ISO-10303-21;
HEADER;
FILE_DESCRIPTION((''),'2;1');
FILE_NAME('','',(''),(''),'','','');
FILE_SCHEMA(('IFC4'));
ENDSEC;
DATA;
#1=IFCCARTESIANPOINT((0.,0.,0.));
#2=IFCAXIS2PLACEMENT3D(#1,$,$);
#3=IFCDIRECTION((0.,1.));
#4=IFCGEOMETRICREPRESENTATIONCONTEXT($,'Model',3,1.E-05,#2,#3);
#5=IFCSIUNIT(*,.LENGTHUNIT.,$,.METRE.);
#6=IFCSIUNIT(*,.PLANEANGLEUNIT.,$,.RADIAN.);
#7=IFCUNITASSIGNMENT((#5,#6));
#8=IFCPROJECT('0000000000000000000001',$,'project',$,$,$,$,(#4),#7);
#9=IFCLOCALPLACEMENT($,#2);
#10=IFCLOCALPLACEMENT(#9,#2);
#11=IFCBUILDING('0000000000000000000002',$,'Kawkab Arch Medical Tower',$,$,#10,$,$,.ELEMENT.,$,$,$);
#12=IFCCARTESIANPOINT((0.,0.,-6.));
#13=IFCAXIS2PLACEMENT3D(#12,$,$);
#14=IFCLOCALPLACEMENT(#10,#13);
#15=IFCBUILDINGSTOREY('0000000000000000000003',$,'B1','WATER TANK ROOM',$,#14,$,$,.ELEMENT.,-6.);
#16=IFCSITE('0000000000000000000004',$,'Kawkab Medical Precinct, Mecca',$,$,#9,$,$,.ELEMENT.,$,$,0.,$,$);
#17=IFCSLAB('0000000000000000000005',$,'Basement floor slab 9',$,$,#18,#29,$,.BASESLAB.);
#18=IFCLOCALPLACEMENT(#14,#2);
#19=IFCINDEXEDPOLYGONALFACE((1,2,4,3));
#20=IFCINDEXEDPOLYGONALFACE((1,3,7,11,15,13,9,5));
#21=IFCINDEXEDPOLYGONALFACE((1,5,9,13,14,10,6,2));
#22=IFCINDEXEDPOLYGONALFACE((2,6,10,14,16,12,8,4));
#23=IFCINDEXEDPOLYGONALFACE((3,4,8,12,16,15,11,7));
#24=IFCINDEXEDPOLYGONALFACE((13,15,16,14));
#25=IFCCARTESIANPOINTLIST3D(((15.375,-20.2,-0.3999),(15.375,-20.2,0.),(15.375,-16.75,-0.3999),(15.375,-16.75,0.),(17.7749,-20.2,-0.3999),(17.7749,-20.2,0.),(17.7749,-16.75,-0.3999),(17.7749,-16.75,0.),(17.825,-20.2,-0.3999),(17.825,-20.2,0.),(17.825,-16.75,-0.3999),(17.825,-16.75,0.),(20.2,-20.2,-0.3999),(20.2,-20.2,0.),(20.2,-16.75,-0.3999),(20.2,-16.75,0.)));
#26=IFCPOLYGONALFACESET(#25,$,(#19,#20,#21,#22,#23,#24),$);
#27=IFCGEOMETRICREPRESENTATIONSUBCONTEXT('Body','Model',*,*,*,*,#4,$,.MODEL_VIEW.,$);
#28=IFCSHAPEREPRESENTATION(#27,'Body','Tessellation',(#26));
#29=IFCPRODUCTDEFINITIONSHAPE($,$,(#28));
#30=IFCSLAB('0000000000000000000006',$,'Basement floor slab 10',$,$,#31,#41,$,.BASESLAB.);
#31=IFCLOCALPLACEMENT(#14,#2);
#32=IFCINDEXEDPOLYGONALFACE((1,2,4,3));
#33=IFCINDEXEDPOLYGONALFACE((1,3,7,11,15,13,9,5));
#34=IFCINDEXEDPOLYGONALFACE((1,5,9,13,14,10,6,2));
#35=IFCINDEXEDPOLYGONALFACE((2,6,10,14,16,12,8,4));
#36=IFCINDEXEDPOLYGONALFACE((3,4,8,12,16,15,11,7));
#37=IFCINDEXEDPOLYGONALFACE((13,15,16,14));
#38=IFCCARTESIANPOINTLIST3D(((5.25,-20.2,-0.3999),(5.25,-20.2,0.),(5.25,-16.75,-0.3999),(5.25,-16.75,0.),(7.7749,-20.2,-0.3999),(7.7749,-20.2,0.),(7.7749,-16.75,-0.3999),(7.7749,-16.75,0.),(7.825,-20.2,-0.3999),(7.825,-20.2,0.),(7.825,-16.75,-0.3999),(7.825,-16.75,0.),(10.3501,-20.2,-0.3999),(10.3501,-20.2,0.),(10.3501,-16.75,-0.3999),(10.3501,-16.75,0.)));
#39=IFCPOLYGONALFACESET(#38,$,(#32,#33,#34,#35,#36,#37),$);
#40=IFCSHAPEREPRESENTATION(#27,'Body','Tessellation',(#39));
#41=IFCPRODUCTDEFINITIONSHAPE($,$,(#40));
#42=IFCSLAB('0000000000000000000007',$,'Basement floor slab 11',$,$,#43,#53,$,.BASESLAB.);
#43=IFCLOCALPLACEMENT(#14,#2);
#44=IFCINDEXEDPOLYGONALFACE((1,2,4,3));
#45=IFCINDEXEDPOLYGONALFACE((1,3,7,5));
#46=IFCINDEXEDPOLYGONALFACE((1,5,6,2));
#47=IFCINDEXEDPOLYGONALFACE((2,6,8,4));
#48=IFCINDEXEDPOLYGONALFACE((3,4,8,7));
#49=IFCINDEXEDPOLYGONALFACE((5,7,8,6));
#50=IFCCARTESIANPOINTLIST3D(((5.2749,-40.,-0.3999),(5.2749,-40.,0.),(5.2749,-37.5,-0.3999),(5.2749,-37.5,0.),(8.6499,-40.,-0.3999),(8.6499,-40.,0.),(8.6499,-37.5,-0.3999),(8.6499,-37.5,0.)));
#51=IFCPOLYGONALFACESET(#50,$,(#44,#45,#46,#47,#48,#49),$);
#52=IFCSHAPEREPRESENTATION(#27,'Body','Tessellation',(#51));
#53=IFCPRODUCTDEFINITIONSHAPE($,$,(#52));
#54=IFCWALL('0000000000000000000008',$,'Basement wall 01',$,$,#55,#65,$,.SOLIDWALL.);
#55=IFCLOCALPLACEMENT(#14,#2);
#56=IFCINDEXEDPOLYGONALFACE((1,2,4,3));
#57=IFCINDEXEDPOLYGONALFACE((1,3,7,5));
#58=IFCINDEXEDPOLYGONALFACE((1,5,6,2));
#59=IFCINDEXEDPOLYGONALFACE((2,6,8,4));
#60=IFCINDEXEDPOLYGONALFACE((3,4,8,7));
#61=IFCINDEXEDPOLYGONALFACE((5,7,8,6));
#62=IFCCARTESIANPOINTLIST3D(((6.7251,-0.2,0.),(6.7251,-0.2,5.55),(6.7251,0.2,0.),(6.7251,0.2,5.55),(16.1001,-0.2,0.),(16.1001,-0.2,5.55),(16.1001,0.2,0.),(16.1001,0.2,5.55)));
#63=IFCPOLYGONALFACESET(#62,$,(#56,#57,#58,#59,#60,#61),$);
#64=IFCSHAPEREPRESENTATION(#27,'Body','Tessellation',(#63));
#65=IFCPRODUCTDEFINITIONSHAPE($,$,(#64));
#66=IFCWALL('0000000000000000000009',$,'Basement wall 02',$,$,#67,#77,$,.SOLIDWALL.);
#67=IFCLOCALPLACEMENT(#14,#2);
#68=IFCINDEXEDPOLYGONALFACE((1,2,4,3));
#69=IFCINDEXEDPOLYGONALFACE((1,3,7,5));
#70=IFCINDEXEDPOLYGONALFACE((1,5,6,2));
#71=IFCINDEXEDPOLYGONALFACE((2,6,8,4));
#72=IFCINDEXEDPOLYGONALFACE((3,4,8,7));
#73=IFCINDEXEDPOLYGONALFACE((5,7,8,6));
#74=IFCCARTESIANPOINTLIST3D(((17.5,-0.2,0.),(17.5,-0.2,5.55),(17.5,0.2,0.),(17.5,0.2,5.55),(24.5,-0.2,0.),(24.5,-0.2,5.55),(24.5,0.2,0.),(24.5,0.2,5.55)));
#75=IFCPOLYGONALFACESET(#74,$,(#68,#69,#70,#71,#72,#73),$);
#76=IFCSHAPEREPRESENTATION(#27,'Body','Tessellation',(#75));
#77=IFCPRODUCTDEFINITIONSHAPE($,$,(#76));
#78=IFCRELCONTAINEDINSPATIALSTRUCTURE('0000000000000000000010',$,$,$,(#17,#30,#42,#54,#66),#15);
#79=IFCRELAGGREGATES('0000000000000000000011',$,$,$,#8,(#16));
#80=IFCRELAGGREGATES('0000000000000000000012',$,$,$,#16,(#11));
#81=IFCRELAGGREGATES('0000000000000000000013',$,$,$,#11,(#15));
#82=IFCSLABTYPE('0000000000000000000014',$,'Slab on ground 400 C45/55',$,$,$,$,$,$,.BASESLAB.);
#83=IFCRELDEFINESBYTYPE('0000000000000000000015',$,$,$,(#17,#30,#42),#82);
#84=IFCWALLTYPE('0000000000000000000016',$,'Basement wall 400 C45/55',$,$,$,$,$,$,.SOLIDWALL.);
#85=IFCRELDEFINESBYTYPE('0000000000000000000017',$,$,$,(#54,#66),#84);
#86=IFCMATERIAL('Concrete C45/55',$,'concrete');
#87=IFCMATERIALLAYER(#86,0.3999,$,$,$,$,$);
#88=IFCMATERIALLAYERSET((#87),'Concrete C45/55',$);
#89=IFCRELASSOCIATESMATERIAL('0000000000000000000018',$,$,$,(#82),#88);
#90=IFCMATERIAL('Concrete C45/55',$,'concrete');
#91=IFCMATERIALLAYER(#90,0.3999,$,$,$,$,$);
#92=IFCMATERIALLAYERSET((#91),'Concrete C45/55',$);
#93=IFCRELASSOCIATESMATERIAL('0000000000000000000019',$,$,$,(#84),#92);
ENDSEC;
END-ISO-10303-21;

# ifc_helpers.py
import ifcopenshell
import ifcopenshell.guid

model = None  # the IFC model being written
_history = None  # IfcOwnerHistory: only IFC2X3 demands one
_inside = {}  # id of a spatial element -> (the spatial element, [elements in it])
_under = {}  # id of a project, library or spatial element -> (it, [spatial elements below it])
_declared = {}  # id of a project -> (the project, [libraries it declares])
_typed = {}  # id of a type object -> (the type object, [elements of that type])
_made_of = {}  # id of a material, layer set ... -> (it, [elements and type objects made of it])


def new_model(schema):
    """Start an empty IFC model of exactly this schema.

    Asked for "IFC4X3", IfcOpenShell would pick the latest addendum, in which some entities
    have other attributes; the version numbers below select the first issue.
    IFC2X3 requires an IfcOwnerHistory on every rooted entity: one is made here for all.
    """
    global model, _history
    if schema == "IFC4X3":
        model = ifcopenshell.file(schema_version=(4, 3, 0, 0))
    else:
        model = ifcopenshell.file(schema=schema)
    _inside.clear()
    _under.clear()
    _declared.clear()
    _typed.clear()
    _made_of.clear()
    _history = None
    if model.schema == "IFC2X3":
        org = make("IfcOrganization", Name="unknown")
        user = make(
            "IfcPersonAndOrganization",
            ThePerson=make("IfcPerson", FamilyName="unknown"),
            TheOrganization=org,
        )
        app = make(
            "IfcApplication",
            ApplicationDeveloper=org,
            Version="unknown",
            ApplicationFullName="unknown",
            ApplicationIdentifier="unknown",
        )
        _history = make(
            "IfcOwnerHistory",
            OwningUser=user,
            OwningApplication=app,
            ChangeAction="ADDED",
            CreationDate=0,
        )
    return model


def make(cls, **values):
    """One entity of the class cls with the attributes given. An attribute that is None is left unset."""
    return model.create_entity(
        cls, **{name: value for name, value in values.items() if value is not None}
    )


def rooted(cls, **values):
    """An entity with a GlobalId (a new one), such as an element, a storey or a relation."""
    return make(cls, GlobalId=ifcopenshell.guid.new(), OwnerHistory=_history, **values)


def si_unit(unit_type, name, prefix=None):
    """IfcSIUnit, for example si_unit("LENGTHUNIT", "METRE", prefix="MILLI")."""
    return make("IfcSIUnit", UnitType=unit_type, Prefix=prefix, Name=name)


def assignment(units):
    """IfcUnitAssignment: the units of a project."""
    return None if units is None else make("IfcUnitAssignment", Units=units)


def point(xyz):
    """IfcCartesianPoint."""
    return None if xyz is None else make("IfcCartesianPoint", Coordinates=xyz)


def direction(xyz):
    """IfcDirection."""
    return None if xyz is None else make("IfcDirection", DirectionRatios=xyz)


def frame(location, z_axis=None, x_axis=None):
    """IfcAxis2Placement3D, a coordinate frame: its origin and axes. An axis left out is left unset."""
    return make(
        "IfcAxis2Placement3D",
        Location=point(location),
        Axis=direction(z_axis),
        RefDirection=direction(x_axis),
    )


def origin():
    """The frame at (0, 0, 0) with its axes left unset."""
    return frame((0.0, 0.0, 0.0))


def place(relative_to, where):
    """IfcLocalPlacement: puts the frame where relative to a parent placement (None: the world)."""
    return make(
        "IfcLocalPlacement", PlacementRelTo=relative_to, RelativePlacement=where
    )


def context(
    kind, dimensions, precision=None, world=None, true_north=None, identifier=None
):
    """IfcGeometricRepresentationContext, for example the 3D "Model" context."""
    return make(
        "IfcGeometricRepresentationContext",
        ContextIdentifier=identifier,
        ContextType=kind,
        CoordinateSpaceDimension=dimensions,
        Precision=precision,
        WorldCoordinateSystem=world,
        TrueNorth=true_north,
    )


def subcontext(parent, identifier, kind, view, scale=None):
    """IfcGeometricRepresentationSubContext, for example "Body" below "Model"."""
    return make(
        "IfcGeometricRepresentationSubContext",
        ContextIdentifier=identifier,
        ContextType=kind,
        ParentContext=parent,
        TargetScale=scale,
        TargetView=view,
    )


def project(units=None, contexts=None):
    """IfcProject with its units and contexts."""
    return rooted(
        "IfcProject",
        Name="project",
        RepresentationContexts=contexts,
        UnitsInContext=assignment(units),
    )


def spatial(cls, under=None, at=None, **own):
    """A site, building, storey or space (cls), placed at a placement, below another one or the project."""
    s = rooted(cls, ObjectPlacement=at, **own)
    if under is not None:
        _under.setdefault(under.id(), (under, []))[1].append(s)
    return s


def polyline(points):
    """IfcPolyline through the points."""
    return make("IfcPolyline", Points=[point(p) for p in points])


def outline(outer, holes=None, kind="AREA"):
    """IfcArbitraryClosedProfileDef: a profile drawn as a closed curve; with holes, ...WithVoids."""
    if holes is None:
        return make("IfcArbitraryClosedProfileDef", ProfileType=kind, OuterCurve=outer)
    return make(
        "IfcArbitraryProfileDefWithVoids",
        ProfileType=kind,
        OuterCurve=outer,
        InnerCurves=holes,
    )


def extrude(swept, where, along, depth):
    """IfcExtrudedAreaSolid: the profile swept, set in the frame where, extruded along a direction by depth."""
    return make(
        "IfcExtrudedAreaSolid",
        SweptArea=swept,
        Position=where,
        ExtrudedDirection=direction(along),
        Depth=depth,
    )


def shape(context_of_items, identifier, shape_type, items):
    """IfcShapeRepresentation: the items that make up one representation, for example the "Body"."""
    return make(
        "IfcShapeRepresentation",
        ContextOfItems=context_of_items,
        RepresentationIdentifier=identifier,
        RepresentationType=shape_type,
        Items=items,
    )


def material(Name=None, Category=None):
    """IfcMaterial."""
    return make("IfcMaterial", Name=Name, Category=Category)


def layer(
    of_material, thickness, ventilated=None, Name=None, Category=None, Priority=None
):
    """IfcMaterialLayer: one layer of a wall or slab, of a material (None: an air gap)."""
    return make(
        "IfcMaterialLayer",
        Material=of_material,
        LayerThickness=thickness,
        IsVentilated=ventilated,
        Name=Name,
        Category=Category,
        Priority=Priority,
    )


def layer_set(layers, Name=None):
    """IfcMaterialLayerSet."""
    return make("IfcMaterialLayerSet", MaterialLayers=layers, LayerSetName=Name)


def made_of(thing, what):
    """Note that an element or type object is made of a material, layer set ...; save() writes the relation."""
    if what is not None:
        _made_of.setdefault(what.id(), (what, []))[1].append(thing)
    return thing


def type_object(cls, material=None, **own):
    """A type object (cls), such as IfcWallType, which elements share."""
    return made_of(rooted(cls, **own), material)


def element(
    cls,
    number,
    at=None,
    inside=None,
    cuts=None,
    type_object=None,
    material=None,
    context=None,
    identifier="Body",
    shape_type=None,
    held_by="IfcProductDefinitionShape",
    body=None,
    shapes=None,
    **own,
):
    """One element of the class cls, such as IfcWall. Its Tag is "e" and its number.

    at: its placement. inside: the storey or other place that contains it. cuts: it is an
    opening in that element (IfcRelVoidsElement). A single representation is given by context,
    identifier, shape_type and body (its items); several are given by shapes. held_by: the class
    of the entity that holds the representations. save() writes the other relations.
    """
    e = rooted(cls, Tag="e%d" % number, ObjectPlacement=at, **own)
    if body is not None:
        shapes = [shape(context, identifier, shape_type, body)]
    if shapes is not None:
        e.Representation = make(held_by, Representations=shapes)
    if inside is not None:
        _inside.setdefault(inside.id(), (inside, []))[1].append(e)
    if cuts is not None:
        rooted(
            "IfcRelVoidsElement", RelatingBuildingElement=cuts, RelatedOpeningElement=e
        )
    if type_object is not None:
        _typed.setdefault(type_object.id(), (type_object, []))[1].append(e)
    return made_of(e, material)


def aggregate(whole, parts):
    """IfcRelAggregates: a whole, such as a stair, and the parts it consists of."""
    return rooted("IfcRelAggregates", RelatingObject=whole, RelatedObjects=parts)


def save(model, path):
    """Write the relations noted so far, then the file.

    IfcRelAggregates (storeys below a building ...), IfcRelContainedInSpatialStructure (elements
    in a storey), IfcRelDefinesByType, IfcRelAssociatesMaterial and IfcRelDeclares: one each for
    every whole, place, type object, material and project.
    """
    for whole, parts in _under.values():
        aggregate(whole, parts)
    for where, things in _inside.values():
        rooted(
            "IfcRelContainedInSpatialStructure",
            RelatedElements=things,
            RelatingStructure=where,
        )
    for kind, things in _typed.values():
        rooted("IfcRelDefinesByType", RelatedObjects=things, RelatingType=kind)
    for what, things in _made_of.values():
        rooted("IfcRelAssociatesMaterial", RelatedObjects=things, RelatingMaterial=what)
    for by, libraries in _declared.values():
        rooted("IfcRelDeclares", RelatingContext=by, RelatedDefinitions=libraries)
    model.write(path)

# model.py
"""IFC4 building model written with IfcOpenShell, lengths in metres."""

from ifc_helpers import new_model, si_unit, direction, frame, origin, place, context, subcontext, project, spatial, polyline, outline, extrude, material, layer, layer_set, type_object, element, save


model = new_model("IFC4")

# Units and contexts
model_context = context("Model", 3, precision=1e-05, world=origin(), true_north=direction((0.0, 1.0)))
body_context = subcontext(model_context, "Body", "Model", "MODEL_VIEW")
ifc_project = project(units=[si_unit("LENGTHUNIT", "METRE"), si_unit("PLANEANGLEUNIT", "RADIAN")], contexts=[model_context])

# Site, building, storey
site_placement = place(None, origin())
site = spatial("IfcSite", under=ifc_project, at=site_placement, Name="Kawkab Medical Precinct, Mecca", CompositionType="ELEMENT", RefElevation=0.0)
building_placement = place(site_placement, origin())
building = spatial("IfcBuilding", under=site, at=building_placement, Name="Kawkab Arch Medical Tower", CompositionType="ELEMENT")
storey_placement = place(building_placement, frame((0.0, 0.0, -6.0)))
storey = spatial("IfcBuildingStorey", under=building, at=storey_placement, Name="B1", Description="WATER TANK ROOM", CompositionType="ELEMENT", Elevation=-6.0)

# Slabs
ifc_material_1 = material(Name="Concrete C45/55", Category="concrete")
ifc_layer_1 = layer(ifc_material_1, 0.3999)
ifc_layer_set_1 = layer_set([ifc_layer_1], Name="Concrete C45/55")
slab_type = type_object("IfcSlabType", Name="Slab on ground 400 C45/55", PredefinedType="BASESLAB", material=ifc_layer_set_1)
placement_1 = place(storey_placement, frame((0.0, 0.0, -0.3999)))
element("IfcSlab", 1, at=placement_1, inside=storey, type_object=slab_type, Name="Basement floor slab 9", PredefinedType="BASESLAB", context=body_context, shape_type="SweptSolid", body=[
    extrude(outline(polyline([(17.825, -16.75), (20.2, -16.75), (20.2, -20.2), (17.825, -20.2), (17.7749, -20.2), (15.375, -20.2), (15.375, -16.75), (17.7749, -16.75), (17.825, -16.75)])), origin(), (0.0, 0.0, 1.0), 0.3999),
])
element("IfcSlab", 2, at=placement_1, inside=storey, type_object=slab_type, Name="Basement floor slab 10", PredefinedType="BASESLAB", context=body_context, shape_type="SweptSolid", body=[
    extrude(outline(polyline([(7.825, -20.2), (7.7749, -20.2), (5.25, -20.2), (5.25, -16.75), (7.7749, -16.75), (7.825, -16.75), (10.3501, -16.75), (10.3501, -20.2), (7.825, -20.2)])), origin(), (0.0, 0.0, 1.0), 0.3999),
])
element("IfcSlab", 3, at=placement_1, inside=storey, type_object=slab_type, Name="Basement floor slab 11", PredefinedType="BASESLAB", context=body_context, shape_type="SweptSolid", body=[
    extrude(outline(polyline([(8.6499, -37.5), (8.6499, -40.0), (5.2749, -40.0), (5.2749, -37.5), (8.6499, -37.5)])), origin(), (0.0, 0.0, 1.0), 0.3999),
])

# Walls
ifc_material_2 = material(Name="Concrete C45/55", Category="concrete")
ifc_layer_2 = layer(ifc_material_2, 0.3999)
ifc_layer_set_2 = layer_set([ifc_layer_2], Name="Concrete C45/55")
wall_type = type_object("IfcWallType", Name="Basement wall 400 C45/55", PredefinedType="SOLIDWALL", material=ifc_layer_set_2)
placement_2 = place(storey_placement, origin())
element("IfcWall", 4, at=placement_2, inside=storey, type_object=wall_type, Name="Basement wall 01", PredefinedType="SOLIDWALL", context=body_context, shape_type="SweptSolid", body=[
    extrude(outline(polyline([(16.1001, -0.2), (6.7251, -0.2), (6.7251, 0.2), (16.1001, 0.2), (16.1001, -0.2)])), origin(), (0.0, 0.0, 1.0), 5.55),
])
element("IfcWall", 5, at=placement_2, inside=storey, type_object=wall_type, Name="Basement wall 02", PredefinedType="SOLIDWALL", context=body_context, shape_type="SweptSolid", body=[
    extrude(outline(polyline([(24.5, -0.2), (17.5, -0.2), (17.5, 0.2), (24.5, 0.2), (24.5, -0.2)])), origin(), (0.0, 0.0, 1.0), 5.55),
])

save(model, "model.ifc")
